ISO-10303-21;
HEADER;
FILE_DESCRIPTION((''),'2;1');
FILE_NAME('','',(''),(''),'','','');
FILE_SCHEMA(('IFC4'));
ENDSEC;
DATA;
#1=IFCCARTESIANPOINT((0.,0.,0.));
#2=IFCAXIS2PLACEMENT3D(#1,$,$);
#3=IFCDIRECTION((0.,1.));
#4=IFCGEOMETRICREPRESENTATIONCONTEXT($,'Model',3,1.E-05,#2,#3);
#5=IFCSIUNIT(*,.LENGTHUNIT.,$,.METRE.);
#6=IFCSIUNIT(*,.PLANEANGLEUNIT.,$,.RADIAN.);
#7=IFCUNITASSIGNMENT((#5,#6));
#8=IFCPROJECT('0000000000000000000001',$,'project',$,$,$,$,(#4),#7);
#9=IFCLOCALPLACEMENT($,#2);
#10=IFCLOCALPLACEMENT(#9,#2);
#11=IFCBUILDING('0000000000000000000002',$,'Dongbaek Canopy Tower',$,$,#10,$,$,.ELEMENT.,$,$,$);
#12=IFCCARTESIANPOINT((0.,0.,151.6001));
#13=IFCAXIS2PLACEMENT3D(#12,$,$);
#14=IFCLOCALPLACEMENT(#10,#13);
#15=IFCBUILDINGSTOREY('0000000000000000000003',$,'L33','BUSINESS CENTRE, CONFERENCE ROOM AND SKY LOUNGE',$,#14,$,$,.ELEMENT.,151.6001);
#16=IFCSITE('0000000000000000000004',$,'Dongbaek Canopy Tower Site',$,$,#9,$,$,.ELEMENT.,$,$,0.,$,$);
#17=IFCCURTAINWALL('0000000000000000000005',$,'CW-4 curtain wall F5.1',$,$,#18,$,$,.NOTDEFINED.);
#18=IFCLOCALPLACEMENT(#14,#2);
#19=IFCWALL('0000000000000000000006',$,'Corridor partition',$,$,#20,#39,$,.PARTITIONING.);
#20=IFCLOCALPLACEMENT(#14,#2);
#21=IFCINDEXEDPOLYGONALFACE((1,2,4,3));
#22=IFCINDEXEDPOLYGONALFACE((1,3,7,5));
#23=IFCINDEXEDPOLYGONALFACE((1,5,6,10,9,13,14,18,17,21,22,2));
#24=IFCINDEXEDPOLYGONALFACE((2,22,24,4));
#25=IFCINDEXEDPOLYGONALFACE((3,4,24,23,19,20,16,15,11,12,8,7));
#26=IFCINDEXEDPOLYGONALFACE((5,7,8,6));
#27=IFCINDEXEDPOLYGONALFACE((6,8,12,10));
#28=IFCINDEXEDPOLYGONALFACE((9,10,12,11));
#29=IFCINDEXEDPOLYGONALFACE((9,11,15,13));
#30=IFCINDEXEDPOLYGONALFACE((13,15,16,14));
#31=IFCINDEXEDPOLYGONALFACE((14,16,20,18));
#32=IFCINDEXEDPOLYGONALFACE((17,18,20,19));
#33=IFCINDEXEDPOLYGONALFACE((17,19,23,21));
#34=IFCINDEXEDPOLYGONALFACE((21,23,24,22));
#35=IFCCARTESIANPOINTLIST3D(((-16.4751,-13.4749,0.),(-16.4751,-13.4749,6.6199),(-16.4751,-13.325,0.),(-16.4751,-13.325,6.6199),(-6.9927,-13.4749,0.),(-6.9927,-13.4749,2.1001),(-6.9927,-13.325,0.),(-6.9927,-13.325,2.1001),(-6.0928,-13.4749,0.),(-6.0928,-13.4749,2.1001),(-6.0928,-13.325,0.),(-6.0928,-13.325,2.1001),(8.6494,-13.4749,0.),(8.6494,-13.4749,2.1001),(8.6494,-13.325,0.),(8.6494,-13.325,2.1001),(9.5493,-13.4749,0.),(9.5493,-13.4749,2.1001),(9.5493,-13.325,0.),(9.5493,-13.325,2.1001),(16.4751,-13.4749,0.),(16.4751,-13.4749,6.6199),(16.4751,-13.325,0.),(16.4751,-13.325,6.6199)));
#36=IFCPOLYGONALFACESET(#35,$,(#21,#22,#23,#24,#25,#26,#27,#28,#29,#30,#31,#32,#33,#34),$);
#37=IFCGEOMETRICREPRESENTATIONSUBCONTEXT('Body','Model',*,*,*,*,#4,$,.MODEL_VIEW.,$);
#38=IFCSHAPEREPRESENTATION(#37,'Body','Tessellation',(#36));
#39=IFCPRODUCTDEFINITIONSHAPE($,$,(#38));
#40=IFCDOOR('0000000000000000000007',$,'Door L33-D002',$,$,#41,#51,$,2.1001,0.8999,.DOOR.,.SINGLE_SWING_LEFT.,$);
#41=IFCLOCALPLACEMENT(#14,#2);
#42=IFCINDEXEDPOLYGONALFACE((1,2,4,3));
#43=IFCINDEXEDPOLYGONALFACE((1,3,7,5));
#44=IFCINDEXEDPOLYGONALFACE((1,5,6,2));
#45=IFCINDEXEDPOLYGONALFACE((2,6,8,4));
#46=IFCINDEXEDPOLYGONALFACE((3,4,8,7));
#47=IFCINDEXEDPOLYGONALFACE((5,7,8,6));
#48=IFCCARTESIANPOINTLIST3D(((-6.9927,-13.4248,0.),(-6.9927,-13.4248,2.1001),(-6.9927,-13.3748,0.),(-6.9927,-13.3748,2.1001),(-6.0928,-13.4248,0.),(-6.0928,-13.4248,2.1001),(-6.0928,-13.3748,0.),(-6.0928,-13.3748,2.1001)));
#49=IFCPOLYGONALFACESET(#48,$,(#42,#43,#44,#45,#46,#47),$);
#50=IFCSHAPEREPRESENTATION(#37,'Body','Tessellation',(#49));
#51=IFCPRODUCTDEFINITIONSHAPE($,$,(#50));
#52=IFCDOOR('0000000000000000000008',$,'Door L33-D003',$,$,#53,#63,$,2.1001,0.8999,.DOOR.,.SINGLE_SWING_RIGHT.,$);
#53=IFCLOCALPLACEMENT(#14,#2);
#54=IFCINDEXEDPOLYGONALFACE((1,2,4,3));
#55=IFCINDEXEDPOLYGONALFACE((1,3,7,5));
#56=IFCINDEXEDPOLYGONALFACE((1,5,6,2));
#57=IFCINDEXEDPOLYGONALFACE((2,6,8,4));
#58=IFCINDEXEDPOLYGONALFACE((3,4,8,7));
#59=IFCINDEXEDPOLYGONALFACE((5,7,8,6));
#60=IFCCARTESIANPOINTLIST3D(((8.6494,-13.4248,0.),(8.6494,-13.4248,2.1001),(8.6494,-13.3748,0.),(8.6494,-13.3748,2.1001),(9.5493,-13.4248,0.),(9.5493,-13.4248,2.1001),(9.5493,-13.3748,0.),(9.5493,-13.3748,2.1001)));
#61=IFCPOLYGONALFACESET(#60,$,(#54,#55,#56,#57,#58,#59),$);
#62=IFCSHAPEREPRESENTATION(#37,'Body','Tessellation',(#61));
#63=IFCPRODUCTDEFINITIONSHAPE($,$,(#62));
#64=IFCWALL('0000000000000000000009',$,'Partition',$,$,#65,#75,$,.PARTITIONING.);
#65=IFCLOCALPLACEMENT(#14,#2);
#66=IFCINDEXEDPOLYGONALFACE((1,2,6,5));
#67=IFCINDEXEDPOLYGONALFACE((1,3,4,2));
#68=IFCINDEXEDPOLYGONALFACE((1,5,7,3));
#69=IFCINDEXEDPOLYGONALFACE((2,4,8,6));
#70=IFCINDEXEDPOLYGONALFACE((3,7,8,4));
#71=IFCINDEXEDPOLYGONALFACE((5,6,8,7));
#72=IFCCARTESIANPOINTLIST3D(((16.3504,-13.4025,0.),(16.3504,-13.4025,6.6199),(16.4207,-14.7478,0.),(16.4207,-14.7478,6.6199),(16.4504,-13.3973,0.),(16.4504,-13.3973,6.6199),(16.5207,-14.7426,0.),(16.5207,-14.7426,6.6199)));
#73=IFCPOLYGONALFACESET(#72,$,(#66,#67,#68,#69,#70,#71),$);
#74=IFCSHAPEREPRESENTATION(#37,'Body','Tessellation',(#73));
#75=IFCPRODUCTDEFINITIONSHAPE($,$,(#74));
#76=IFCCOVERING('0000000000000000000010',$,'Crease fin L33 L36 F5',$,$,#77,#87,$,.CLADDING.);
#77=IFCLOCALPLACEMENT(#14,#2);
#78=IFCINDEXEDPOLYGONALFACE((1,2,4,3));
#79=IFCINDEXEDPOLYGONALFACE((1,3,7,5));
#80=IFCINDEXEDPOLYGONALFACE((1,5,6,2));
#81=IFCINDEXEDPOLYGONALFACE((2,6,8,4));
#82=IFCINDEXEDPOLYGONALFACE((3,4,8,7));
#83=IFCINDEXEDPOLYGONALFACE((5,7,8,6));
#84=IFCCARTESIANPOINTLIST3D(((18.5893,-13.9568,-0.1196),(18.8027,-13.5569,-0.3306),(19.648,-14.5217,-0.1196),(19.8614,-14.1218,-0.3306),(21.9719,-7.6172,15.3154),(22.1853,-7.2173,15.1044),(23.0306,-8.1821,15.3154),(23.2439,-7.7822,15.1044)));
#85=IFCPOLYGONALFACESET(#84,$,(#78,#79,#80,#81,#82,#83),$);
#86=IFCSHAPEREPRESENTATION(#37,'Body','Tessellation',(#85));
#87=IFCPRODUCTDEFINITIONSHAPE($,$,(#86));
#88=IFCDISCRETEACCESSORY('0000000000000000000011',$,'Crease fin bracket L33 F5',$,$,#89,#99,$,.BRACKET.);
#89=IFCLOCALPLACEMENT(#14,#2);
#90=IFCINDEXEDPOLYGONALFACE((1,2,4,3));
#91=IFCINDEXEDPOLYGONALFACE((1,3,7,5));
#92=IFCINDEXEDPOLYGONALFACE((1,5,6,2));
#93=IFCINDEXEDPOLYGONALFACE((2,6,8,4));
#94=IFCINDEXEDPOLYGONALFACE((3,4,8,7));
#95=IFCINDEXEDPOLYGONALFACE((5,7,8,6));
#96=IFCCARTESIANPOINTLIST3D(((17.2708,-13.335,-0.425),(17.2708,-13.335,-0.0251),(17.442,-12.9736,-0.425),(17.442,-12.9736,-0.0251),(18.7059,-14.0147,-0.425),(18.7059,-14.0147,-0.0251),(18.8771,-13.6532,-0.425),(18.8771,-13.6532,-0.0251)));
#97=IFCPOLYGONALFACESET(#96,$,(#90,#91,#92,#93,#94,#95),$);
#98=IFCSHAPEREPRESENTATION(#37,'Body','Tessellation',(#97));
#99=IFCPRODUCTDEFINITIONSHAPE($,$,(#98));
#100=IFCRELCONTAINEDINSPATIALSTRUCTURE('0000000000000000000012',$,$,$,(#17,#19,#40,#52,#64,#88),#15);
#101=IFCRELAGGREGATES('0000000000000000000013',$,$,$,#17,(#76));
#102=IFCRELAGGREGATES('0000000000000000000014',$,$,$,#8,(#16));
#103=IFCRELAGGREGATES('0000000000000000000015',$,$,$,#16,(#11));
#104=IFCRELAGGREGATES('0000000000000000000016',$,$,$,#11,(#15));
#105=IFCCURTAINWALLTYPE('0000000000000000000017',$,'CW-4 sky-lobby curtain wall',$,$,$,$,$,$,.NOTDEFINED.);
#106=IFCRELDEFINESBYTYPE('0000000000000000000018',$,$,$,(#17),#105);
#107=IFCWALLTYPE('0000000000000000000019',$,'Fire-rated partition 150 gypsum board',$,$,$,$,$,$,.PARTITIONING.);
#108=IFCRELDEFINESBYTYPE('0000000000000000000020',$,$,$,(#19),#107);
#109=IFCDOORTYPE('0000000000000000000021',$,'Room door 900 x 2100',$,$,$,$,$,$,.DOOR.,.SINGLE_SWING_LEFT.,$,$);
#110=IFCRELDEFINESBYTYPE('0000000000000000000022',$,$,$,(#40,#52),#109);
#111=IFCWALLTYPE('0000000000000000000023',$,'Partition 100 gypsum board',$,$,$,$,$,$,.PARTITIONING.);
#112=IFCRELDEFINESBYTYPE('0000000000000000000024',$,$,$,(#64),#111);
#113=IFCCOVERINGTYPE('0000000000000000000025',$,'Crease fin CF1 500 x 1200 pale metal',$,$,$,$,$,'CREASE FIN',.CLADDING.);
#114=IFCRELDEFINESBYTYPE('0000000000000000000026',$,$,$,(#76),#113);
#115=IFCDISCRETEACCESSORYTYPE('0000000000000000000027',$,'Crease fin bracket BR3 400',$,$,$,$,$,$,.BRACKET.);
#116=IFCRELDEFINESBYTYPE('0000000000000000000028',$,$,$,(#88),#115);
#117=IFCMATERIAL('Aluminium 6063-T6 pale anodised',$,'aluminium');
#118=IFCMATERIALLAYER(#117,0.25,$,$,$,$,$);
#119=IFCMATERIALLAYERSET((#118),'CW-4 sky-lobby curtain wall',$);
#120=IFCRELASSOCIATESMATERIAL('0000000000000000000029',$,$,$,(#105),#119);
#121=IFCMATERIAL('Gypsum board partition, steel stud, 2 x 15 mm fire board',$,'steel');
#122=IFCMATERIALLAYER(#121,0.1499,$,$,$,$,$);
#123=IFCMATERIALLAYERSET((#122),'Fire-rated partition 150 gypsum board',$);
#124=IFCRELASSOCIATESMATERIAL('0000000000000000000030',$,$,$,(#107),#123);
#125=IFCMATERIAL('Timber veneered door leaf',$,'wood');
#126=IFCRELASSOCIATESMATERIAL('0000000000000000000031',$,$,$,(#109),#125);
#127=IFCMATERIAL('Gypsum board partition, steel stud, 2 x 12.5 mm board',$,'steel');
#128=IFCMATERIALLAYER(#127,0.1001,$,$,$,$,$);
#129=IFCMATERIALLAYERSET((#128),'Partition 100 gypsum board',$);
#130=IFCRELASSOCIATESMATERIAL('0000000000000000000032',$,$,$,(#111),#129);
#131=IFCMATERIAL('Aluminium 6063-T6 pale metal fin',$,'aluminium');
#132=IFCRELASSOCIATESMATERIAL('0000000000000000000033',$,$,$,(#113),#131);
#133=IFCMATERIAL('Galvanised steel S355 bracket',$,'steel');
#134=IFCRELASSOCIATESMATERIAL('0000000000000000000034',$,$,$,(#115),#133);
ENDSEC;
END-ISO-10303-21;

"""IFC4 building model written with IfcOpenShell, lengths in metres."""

from ifc_helpers import new_model, si_unit, direction, frame, frame_2d, origin, origin_2d, place, context, subcontext, project, spatial, rectangle, extrude, material, layer, layer_set, material_profile, profile_set, type_object, element, fill, aggregate, save


model = new_model("IFC4")

# Units and contexts
model_context = context("Model", 3, precision=1e-05, world=origin(), true_north=direction((0.0, 1.0)))
body_context = subcontext(model_context, "Body", "Model", "MODEL_VIEW")
ifc_project = project(units=[si_unit("LENGTHUNIT", "METRE"), si_unit("PLANEANGLEUNIT", "RADIAN")], contexts=[model_context])

# Site, building, storey
site_placement = place(None, origin())
site = spatial("IfcSite", under=ifc_project, at=site_placement, Name="Dongbaek Canopy Tower Site", CompositionType="ELEMENT", RefElevation=0.0)
building_placement = place(site_placement, origin())
building = spatial("IfcBuilding", under=site, at=building_placement, Name="Dongbaek Canopy Tower", CompositionType="ELEMENT")
storey_placement = place(building_placement, frame((0.0, 0.0, 151.6001)))
storey = spatial("IfcBuildingStorey", under=building, at=storey_placement, Name="L33", Description="BUSINESS CENTRE, CONFERENCE ROOM AND SKY LOUNGE", CompositionType="ELEMENT", Elevation=151.6001)

# Shared definitions
ifc_material_1 = material(Name="Aluminium 6063-T6 pale anodised", Category="aluminium")
ifc_layer_1 = layer(ifc_material_1, 0.25)
ifc_layer_set_1 = layer_set([ifc_layer_1], Name="CW-4 sky-lobby curtain wall")
curtain_wall_type = type_object("IfcCurtainWallType", Name="CW-4 sky-lobby curtain wall", PredefinedType="NOTDEFINED", material=ifc_layer_set_1)

# Curtain wall
curtain_wall_1_placement = place(storey_placement, origin())
curtain_wall_1 = element("IfcCurtainWall", 1, at=curtain_wall_1_placement, inside=storey, type_object=curtain_wall_type, Name="CW-4 curtain wall F5.1", PredefinedType="NOTDEFINED")

# Wall, openings, doors
ifc_material_2 = material(Name="Gypsum board partition, steel stud, 2 x 15 mm fire board", Category="steel")
ifc_layer_2 = layer(ifc_material_2, 0.1499)
ifc_layer_set_2 = layer_set([ifc_layer_2], Name="Fire-rated partition 150 gypsum board")
wall_type_1 = type_object("IfcWallType", Name="Fire-rated partition 150 gypsum board", PredefinedType="PARTITIONING", material=ifc_layer_set_2)
wall_1_placement = place(storey_placement, frame((16.4751, -13.3999, 0.0), z_axis=(0.0, 0.0, 1.0), x_axis=(-1.0, 0.0, 0.0)))
wall_1 = element("IfcWall", 2, at=wall_1_placement, inside=storey, type_object=wall_type_1, Name="Corridor partition", PredefinedType="PARTITIONING", context=body_context, shape_type="SweptSolid", body=[
    extrude(rectangle(XDim=32.9502, YDim=0.1499, at=frame_2d((16.4751, 0.0))), origin(), (0.0, 0.0, 1.0), 6.6199),
])
opening_1_placement = place(wall_1_placement, frame((22.5679, 0.0, 0.0)))
opening_1 = element("IfcOpeningElement", 3, at=opening_1_placement, cuts=wall_1, PredefinedType="OPENING", context=body_context, shape_type="SweptSolid", body=[
    extrude(rectangle(XDim=0.8999, YDim=2.1001, at=frame_2d((0.45, 1.05))), frame((0.0, 0.085, 0.0), z_axis=(0.0, -1.0, 0.0), x_axis=(1.0, 0.0, 0.0)), (0.0, 0.0, 1.0), 0.1699),
])
opening_2_placement = place(wall_1_placement, frame((6.9258, 0.0, 0.0)))
opening_2 = element("IfcOpeningElement", 4, at=opening_2_placement, cuts=wall_1, PredefinedType="OPENING", context=body_context, shape_type="SweptSolid", body=[
    extrude(rectangle(XDim=0.8999, YDim=2.1001, at=frame_2d((0.45, 1.05))), frame((0.0, 0.085, 0.0), z_axis=(0.0, -1.0, 0.0), x_axis=(1.0, 0.0, 0.0)), (0.0, 0.0, 1.0), 0.1699),
])
ifc_material_3 = material(Name="Timber veneered door leaf", Category="wood")
door_type_1 = type_object("IfcDoorType", Name="Room door 900 x 2100", OperationType="SINGLE_SWING_LEFT", PredefinedType="DOOR", material=ifc_material_3)
door_1_placement = place(opening_1_placement, origin())
door_1 = element("IfcDoor", 5, at=door_1_placement, inside=storey, type_object=door_type_1, Name="Door L33-D002", OperationType="SINGLE_SWING_LEFT", OverallHeight=2.1001, OverallWidth=0.8999, PredefinedType="DOOR", context=body_context, shape_type="SweptSolid", body=[
    extrude(rectangle(XDim=0.8999, YDim=2.1001, at=frame_2d((0.45, 1.05))), frame((0.0, 0.0249, 0.0), z_axis=(0.0, -1.0, 0.0), x_axis=(1.0, 0.0, 0.0)), (0.0, 0.0, 1.0), 0.05),
])
fill(opening_1, door_1)
door_2_placement = place(opening_2_placement, origin())
door_2 = element("IfcDoor", 6, at=door_2_placement, inside=storey, type_object=door_type_1, Name="Door L33-D003", OperationType="SINGLE_SWING_RIGHT", OverallHeight=2.1001, OverallWidth=0.8999, PredefinedType="DOOR", context=body_context, shape_type="SweptSolid", body=[
    extrude(rectangle(XDim=0.8999, YDim=2.1001, at=frame_2d((0.45, 1.05))), frame((0.0, 0.0249, 0.0), z_axis=(0.0, -1.0, 0.0), x_axis=(1.0, 0.0, 0.0)), (0.0, 0.0, 1.0), 0.05),
])
fill(opening_2, door_2)

# Wall
ifc_material_4 = material(Name="Gypsum board partition, steel stud, 2 x 12.5 mm board", Category="steel")
ifc_layer_3 = layer(ifc_material_4, 0.1001)
ifc_layer_set_3 = layer_set([ifc_layer_3], Name="Partition 100 gypsum board")
wall_type_2 = type_object("IfcWallType", Name="Partition 100 gypsum board", PredefinedType="PARTITIONING", material=ifc_layer_set_3)
wall_2_placement = place(storey_placement, frame((16.4004, -13.3999, 0.0), z_axis=(0.0, 0.0, 1.0), x_axis=(0.052197, -0.998637, 0.0)))
element("IfcWall", 7, at=wall_2_placement, inside=storey, type_object=wall_type_2, Name="Partition", PredefinedType="PARTITIONING", context=body_context, shape_type="SweptSolid", body=[
    extrude(rectangle(XDim=1.3472, YDim=0.1001, at=frame_2d((0.6736, 0.0))), origin(), (0.0, 0.0, 1.0), 6.6199),
])

# Covering
ifc_material_5 = material(Name="Aluminium 6063-T6 pale metal fin", Category="aluminium")
ifc_material_profile_1 = material_profile(ifc_material_5, rectangle(XDim=1.2, YDim=0.5, at=origin_2d()), Name="Crease fin CF1 500 x 1200 pale metal")
ifc_profile_set_1 = profile_set([ifc_material_profile_1], Name="Aluminium 6063-T6 pale metal fin")
covering_type = type_object("IfcCoveringType", Name="Crease fin CF1 500 x 1200 pale metal", ElementType="CREASE FIN", PredefinedType="CLADDING", material=ifc_profile_set_1)
covering_placement = place(storey_placement, frame((19.2253, -14.0393, -0.2251), z_axis=(0.198675, 0.372355, 0.906576), x_axis=(-0.882269, 0.470745, 0.0)))
covering = element("IfcCovering", 8, at=covering_placement, type_object=covering_type, Name="Crease fin L33 L36 F5", PredefinedType="CLADDING", context=body_context, shape_type="SweptSolid", body=[
    extrude(rectangle(XDim=1.2, YDim=0.5, at=origin_2d()), origin(), (0.0, 0.0, 1.0), 17.0256),
])
aggregate(curtain_wall_1, [covering])

# Discrete accessory
ifc_material_6 = material(Name="Galvanised steel S355 bracket", Category="steel")
discrete_accessory_type = type_object("IfcDiscreteAccessoryType", Name="Crease fin bracket BR3 400", PredefinedType="BRACKET", material=ifc_material_6)
discrete_accessory_placement = place(storey_placement, frame((18.074, -13.4941, -0.425), z_axis=(0.0, 0.0, 1.0), x_axis=(0.90378, -0.427997, 0.0)))
element("IfcDiscreteAccessory", 9, at=discrete_accessory_placement, inside=storey, type_object=discrete_accessory_type, Name="Crease fin bracket L33 F5", PredefinedType="BRACKET", context=body_context, shape_type="SweptSolid", body=[
    extrude(rectangle(XDim=1.5879, YDim=0.3999, at=origin_2d()), origin(), (0.0, 0.0, 1.0), 0.3999),
])

save(model, "model.ifc")
